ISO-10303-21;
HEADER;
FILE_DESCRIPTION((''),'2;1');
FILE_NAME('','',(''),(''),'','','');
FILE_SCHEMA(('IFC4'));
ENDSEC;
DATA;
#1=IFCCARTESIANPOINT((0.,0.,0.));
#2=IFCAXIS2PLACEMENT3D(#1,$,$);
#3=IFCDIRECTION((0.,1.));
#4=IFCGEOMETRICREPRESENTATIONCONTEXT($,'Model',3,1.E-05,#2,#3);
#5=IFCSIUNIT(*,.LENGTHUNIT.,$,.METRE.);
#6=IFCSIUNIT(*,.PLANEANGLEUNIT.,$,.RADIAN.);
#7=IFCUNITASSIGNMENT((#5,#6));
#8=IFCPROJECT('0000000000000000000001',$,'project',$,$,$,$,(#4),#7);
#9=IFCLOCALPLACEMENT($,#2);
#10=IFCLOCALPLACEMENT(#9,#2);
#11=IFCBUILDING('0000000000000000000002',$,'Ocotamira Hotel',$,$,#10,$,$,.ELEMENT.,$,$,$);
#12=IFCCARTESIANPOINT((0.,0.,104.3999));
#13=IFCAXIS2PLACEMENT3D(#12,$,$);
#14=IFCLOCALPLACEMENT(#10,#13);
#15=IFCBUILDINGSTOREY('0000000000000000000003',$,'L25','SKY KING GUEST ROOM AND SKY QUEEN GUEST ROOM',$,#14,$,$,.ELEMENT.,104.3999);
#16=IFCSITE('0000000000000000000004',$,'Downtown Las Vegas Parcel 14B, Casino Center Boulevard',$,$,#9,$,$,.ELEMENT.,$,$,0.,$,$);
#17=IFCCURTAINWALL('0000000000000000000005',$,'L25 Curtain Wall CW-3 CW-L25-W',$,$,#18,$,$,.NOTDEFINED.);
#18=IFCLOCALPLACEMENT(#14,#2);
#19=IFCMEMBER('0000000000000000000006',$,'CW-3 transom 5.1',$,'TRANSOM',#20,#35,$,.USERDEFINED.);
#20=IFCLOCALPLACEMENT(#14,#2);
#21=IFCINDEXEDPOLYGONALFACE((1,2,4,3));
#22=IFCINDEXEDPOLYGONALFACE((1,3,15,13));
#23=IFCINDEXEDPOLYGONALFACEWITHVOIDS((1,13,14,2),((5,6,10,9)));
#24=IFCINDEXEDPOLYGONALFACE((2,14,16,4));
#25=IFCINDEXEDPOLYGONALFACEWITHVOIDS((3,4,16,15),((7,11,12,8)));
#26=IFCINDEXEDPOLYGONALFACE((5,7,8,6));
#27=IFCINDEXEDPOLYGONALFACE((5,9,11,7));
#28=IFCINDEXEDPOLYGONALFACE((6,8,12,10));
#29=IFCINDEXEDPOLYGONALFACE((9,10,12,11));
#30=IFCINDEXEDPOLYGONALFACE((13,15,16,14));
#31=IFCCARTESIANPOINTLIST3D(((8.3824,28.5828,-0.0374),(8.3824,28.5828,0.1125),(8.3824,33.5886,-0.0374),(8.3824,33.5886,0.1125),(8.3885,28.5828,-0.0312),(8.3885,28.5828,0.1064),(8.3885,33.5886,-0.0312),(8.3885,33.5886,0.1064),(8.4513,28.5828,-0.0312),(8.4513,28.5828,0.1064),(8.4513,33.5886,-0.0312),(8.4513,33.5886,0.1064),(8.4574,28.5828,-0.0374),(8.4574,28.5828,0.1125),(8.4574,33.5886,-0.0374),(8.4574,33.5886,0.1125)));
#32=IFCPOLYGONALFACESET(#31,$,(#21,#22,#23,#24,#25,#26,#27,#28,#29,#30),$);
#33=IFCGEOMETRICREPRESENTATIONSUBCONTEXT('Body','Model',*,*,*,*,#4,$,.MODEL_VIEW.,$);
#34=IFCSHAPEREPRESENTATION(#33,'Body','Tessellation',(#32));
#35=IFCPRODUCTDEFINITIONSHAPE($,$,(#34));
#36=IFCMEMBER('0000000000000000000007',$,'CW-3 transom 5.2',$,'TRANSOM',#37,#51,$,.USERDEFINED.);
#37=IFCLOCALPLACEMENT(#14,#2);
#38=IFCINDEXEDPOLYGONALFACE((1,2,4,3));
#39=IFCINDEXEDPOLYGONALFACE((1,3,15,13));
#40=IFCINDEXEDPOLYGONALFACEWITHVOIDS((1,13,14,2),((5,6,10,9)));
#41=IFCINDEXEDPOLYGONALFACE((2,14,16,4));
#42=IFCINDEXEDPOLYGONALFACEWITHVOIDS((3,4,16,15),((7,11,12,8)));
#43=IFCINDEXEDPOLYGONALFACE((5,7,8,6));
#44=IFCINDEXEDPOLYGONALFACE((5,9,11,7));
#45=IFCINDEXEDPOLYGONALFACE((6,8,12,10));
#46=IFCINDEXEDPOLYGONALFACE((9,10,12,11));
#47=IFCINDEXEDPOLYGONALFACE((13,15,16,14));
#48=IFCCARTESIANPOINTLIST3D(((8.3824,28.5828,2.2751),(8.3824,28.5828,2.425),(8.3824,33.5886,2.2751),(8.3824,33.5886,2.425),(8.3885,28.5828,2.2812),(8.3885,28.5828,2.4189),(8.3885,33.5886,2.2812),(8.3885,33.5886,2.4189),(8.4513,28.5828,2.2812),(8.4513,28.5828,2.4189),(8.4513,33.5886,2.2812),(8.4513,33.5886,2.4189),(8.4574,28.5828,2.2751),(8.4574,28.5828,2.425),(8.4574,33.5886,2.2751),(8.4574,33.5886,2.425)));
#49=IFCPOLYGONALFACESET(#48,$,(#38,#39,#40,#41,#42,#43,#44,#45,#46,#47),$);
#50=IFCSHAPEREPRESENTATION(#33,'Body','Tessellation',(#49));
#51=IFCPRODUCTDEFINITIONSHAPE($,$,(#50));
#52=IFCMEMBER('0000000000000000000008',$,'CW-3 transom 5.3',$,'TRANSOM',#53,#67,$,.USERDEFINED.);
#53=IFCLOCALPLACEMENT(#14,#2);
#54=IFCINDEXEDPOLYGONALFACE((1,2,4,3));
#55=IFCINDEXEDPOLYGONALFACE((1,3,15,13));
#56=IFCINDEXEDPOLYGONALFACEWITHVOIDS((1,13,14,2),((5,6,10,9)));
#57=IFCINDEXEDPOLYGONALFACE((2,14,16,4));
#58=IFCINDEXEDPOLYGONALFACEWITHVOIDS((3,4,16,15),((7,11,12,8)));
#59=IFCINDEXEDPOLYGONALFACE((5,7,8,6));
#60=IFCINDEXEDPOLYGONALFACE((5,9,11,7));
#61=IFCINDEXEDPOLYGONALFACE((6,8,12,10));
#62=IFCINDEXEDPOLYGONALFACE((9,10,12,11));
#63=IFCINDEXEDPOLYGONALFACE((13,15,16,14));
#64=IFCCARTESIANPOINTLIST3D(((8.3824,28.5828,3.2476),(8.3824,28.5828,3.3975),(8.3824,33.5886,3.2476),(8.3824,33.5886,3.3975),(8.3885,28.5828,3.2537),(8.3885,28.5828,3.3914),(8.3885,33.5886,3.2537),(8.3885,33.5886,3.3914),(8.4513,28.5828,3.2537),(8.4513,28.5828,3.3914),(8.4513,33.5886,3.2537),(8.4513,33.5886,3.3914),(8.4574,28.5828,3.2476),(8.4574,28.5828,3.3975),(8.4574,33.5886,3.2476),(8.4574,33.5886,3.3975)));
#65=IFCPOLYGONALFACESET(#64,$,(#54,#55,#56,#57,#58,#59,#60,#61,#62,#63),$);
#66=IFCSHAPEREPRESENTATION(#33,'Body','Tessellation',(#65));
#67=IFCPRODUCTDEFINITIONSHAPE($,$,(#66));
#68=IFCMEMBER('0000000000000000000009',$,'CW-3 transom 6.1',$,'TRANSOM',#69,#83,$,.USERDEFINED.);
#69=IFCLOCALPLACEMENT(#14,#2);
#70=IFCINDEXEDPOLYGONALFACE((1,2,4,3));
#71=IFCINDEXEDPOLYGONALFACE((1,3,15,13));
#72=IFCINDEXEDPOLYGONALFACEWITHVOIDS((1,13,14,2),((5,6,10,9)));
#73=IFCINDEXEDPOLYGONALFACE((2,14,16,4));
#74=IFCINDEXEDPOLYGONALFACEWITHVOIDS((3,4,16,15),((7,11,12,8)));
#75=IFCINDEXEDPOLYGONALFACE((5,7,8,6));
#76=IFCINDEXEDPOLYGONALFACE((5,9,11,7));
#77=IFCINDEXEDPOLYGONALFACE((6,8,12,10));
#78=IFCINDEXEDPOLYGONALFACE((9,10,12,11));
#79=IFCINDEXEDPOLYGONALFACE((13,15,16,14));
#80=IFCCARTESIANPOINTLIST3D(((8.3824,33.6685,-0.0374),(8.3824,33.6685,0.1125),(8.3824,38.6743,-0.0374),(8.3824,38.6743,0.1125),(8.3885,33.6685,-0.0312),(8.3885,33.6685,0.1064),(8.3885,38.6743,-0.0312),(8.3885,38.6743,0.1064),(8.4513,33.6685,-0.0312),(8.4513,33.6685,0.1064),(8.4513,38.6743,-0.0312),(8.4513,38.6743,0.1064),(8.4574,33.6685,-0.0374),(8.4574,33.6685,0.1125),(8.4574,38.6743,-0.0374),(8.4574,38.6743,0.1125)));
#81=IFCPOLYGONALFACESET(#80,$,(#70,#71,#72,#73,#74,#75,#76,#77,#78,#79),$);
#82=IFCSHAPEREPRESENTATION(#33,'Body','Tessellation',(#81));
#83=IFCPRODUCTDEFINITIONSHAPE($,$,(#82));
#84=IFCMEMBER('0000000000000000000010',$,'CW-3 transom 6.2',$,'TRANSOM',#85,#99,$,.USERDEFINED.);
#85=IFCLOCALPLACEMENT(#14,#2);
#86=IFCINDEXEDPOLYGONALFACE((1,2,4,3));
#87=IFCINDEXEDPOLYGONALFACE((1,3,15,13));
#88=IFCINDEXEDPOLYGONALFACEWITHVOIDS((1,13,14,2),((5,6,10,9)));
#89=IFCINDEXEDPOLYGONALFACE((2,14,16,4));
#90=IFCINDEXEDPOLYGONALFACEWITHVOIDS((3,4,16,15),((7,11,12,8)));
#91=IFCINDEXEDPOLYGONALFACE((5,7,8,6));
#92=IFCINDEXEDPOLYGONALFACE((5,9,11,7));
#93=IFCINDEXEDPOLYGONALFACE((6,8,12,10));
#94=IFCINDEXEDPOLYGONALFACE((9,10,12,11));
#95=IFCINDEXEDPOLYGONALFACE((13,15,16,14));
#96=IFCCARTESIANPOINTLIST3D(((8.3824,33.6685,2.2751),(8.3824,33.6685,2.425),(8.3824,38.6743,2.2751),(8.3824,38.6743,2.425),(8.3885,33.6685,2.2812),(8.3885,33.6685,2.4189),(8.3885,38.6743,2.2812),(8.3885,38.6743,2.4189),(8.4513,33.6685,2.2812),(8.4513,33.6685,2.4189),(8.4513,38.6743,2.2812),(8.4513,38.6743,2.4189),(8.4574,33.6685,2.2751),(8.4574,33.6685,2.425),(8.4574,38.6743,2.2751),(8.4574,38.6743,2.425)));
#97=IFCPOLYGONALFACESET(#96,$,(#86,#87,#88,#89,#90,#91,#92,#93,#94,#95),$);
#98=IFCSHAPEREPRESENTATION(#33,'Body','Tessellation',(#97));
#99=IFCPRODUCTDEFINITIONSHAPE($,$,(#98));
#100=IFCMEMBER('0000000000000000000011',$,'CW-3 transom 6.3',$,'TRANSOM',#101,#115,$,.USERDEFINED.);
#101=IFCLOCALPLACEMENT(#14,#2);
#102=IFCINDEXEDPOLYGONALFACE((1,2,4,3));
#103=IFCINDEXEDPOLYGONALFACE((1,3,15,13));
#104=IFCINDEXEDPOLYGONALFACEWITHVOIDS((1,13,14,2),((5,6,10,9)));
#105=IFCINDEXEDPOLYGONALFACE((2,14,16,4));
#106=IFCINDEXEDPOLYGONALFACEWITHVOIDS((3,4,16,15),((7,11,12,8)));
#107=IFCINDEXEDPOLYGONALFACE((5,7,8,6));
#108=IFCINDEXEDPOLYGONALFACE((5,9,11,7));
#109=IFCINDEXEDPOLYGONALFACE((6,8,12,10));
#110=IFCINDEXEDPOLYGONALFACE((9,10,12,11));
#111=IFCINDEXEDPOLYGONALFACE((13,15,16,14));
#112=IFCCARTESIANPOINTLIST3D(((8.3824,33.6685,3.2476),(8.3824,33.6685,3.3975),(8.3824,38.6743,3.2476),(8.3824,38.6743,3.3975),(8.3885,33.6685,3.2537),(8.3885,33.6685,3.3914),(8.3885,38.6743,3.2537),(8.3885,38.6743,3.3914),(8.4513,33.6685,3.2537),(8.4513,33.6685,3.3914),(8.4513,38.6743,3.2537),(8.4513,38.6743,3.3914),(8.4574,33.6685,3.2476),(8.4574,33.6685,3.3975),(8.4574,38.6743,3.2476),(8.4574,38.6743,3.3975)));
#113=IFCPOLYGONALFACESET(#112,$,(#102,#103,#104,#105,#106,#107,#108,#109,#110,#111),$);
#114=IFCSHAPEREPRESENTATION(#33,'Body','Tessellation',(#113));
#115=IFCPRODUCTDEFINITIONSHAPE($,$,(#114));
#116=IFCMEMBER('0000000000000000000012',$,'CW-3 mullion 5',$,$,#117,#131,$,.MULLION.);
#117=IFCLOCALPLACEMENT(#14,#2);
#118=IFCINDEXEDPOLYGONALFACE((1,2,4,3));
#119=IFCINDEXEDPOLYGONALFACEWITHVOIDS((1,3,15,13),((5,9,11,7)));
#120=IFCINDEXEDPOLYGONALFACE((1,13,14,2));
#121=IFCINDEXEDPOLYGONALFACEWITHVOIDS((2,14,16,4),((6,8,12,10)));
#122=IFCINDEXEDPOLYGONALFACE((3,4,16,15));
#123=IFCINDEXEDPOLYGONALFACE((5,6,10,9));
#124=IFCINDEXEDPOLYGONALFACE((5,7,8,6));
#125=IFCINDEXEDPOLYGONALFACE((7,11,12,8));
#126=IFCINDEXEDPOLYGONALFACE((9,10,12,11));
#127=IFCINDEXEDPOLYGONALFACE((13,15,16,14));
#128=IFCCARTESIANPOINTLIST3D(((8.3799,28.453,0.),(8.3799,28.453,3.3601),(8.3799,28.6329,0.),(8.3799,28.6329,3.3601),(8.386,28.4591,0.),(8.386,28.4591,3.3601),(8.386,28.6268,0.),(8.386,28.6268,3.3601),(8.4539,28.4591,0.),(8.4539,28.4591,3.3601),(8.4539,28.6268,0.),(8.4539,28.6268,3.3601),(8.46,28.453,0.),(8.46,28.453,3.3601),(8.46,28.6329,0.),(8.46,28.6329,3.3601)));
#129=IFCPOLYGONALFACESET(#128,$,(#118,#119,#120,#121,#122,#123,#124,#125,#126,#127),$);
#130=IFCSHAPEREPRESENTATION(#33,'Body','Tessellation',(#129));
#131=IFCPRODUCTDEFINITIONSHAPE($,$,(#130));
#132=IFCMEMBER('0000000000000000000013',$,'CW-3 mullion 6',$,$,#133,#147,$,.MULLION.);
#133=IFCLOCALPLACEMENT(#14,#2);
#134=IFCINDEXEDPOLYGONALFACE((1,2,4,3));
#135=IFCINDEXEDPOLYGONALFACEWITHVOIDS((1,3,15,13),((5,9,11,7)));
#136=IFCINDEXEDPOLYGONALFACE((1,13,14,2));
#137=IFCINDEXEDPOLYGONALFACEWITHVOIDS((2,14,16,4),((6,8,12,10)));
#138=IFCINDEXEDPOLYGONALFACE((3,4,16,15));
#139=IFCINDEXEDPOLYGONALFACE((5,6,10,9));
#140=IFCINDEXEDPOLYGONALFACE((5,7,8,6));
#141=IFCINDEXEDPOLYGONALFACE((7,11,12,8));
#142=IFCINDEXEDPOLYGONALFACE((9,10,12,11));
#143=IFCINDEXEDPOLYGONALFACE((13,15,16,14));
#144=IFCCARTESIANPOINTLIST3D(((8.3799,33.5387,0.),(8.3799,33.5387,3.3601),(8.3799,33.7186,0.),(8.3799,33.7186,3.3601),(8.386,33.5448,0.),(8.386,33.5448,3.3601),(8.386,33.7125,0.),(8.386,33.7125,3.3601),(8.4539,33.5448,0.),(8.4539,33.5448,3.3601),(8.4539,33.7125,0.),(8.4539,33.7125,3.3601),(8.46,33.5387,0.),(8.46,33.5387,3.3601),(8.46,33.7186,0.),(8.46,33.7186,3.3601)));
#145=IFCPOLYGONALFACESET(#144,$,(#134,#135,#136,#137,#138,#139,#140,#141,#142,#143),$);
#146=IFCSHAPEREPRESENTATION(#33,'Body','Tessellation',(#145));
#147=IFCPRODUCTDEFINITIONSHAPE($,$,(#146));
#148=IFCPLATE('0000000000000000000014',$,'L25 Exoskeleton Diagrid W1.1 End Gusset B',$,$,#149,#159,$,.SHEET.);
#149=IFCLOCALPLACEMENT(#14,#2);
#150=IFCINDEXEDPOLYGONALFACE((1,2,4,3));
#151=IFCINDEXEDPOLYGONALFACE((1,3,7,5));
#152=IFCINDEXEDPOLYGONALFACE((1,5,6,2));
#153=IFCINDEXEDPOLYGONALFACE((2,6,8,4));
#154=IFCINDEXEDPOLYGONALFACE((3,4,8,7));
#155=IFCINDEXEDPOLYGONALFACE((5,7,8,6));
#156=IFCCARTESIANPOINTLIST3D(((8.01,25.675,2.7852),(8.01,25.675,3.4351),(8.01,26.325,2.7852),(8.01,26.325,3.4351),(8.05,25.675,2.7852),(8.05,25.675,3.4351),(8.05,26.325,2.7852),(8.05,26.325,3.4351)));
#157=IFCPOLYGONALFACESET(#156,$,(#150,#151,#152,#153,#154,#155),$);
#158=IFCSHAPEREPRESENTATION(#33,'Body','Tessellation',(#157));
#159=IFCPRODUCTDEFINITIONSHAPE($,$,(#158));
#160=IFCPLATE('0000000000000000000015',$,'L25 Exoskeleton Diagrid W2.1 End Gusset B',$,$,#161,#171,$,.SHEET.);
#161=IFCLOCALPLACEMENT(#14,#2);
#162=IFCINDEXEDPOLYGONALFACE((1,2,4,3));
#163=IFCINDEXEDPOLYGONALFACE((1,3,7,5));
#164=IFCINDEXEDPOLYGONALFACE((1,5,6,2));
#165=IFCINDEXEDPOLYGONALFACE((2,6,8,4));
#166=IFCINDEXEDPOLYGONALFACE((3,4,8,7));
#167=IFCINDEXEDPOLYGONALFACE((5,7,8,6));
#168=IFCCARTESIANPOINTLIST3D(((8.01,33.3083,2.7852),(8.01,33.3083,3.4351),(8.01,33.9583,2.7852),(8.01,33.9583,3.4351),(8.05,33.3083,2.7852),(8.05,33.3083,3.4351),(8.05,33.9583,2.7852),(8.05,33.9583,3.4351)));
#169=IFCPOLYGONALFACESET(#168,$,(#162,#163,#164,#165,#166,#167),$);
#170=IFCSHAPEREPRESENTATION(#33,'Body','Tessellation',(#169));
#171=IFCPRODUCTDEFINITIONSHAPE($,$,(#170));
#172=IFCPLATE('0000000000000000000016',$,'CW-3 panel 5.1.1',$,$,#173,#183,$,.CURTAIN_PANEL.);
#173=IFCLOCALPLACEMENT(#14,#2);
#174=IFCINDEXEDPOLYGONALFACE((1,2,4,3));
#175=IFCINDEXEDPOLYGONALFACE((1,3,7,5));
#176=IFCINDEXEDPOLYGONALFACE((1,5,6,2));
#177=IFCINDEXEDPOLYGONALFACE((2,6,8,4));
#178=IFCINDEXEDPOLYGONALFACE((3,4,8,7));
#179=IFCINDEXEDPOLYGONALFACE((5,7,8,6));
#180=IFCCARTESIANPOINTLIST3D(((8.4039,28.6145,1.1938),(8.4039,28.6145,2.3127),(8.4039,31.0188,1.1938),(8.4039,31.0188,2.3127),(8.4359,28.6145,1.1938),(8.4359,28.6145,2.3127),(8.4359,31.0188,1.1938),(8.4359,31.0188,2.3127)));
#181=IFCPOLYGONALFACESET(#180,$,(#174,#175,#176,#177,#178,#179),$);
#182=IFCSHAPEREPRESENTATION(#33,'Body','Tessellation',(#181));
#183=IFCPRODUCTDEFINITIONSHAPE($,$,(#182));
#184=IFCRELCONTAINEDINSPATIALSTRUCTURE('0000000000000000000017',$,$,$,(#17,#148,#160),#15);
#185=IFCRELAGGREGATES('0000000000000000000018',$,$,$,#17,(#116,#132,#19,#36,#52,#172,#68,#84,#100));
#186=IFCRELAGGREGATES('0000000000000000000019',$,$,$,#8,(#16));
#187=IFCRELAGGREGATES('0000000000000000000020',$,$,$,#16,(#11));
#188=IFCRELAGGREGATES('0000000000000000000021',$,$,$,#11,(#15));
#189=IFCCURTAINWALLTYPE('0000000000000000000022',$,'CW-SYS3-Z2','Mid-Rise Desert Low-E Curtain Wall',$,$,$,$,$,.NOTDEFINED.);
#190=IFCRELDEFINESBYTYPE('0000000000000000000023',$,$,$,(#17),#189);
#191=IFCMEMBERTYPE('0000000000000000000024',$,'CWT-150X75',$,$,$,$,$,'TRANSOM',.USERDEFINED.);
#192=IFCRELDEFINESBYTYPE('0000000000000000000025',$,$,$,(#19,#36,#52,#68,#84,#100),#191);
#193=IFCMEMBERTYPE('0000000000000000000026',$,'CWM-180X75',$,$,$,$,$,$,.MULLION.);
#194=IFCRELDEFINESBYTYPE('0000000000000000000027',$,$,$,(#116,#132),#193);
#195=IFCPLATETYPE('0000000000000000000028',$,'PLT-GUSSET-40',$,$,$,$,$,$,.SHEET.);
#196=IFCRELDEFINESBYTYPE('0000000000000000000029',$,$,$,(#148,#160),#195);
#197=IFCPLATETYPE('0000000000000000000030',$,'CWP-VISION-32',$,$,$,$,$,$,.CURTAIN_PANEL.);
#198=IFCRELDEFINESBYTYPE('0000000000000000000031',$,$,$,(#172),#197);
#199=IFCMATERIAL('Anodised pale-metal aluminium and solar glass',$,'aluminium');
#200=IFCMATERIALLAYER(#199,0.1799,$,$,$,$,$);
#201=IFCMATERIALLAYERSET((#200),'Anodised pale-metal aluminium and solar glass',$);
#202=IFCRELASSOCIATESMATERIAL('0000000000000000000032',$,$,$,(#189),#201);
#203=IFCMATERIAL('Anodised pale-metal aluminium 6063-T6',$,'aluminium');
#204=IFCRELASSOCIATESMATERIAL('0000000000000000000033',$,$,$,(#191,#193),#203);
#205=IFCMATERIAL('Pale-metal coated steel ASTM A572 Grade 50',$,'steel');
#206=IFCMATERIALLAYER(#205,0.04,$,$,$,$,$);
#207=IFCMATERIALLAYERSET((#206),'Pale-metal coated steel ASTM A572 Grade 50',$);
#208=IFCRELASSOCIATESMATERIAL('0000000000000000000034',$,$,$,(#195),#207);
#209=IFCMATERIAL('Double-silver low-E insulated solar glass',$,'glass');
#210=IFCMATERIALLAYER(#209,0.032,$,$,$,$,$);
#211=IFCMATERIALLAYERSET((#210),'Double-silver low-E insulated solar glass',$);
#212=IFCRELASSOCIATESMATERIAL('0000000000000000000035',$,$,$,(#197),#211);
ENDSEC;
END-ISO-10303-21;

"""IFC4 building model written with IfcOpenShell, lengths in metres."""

from ifc_helpers import new_model, si_unit, direction, frame, origin, origin_2d, place, context, subcontext, project, spatial, rectangle, hollow_rectangle, extrude, source, transform, mapped, material, layer, layer_set, material_profile, profile_set, type_object, element, aggregate, save


model = new_model("IFC4")

# Units and contexts
model_context = context("Model", 3, precision=1e-05, world=origin(), true_north=direction((0.0, 1.0)))
body_context = subcontext(model_context, "Body", "Model", "MODEL_VIEW")
ifc_project = project(units=[si_unit("LENGTHUNIT", "METRE"), si_unit("PLANEANGLEUNIT", "RADIAN")], contexts=[model_context])

# Site, building, storey
site_placement = place(None, origin())
site = spatial("IfcSite", under=ifc_project, at=site_placement, Name="Downtown Las Vegas Parcel 14B, Casino Center Boulevard", CompositionType="ELEMENT", RefElevation=0.0)
building_placement = place(site_placement, origin())
building = spatial("IfcBuilding", under=site, at=building_placement, Name="Ocotamira Hotel", CompositionType="ELEMENT")
storey_placement = place(building_placement, frame((0.0, 0.0, 104.3999)))
storey = spatial("IfcBuildingStorey", under=building, at=storey_placement, Name="L25", Description="SKY KING GUEST ROOM AND SKY QUEEN GUEST ROOM", CompositionType="ELEMENT", Elevation=104.3999)

# Curtain wall, members
ifc_material_1 = material(Name="Anodised pale-metal aluminium and solar glass", Category="aluminium")
ifc_layer_1 = layer(ifc_material_1, 0.1799)
ifc_layer_set_1 = layer_set([ifc_layer_1], Name="Anodised pale-metal aluminium and solar glass")
curtain_wall_type = type_object("IfcCurtainWallType", Name="CW-SYS3-Z2", Description="Mid-Rise Desert Low-E Curtain Wall", PredefinedType="NOTDEFINED", material=ifc_layer_set_1)
curtain_wall_placement = place(storey_placement, origin())
curtain_wall = element("IfcCurtainWall", 1, at=curtain_wall_placement, inside=storey, type_object=curtain_wall_type, Name="L25 Curtain Wall CW-3 CW-L25-W", PredefinedType="NOTDEFINED")
ifc_material_2 = material(Name="Anodised pale-metal aluminium 6063-T6", Category="aluminium")
ifc_material_profile_1 = material_profile(ifc_material_2, hollow_rectangle(XDim=0.075, YDim=0.1499, WallThickness=0.0061, at=origin_2d()), Name="HSS150X75X6")
ifc_profile_set_1 = profile_set([ifc_material_profile_1], Name="Anodised pale-metal aluminium 6063-T6")
member_type_1 = type_object("IfcMemberType", Name="CWT-150X75", ElementType="TRANSOM", PredefinedType="USERDEFINED", material=ifc_profile_set_1)
shared_shape_1 = source(origin(), body_context, "Body", "SweptSolid", [
    extrude(hollow_rectangle(XDim=0.075, YDim=0.1499, WallThickness=0.0061, at=origin_2d()), origin(), (0.0, 0.0, 1.0), 5.0059),
])
member_1_placement = place(storey_placement, frame((8.4199, 28.5828, 0.0376), z_axis=(0.0, 1.0, 0.0), x_axis=(-1.0, 0.0, 0.0)))
member_1 = element("IfcMember", 2, at=member_1_placement, type_object=member_type_1, Name="CW-3 transom 5.1", ObjectType="TRANSOM", PredefinedType="USERDEFINED", context=body_context, shape_type="MappedRepresentation", body=[
    mapped(shared_shape_1, transform((0.0, 0.0, 0.0), scale=1.0)),
])
member_2_placement = place(storey_placement, frame((8.4199, 28.5828, 2.3501), z_axis=(0.0, 1.0, 0.0), x_axis=(-1.0, 0.0, 0.0)))
member_2 = element("IfcMember", 3, at=member_2_placement, type_object=member_type_1, Name="CW-3 transom 5.2", ObjectType="TRANSOM", PredefinedType="USERDEFINED", context=body_context, shape_type="MappedRepresentation", body=[
    mapped(shared_shape_1, transform((0.0, 0.0, 0.0), scale=1.0)),
])
member_3_placement = place(storey_placement, frame((8.4199, 28.5828, 3.3225), z_axis=(0.0, 1.0, 0.0), x_axis=(-1.0, 0.0, 0.0)))
member_3 = element("IfcMember", 4, at=member_3_placement, type_object=member_type_1, Name="CW-3 transom 5.3", ObjectType="TRANSOM", PredefinedType="USERDEFINED", context=body_context, shape_type="MappedRepresentation", body=[
    mapped(shared_shape_1, transform((0.0, 0.0, 0.0), scale=1.0)),
])
member_4_placement = place(storey_placement, frame((8.4199, 33.6685, 0.0376), z_axis=(0.0, 1.0, 0.0), x_axis=(-1.0, 0.0, 0.0)))
member_4 = element("IfcMember", 5, at=member_4_placement, type_object=member_type_1, Name="CW-3 transom 6.1", ObjectType="TRANSOM", PredefinedType="USERDEFINED", context=body_context, shape_type="MappedRepresentation", body=[
    mapped(shared_shape_1, transform((0.0, 0.0, 0.0), scale=1.0)),
])
member_5_placement = place(storey_placement, frame((8.4199, 33.6685, 2.3501), z_axis=(0.0, 1.0, 0.0), x_axis=(-1.0, 0.0, 0.0)))
member_5 = element("IfcMember", 6, at=member_5_placement, type_object=member_type_1, Name="CW-3 transom 6.2", ObjectType="TRANSOM", PredefinedType="USERDEFINED", context=body_context, shape_type="MappedRepresentation", body=[
    mapped(shared_shape_1, transform((0.0, 0.0, 0.0), scale=1.0)),
])
member_6_placement = place(storey_placement, frame((8.4199, 33.6685, 3.3225), z_axis=(0.0, 1.0, 0.0), x_axis=(-1.0, 0.0, 0.0)))
member_6 = element("IfcMember", 7, at=member_6_placement, type_object=member_type_1, Name="CW-3 transom 6.3", ObjectType="TRANSOM", PredefinedType="USERDEFINED", context=body_context, shape_type="MappedRepresentation", body=[
    mapped(shared_shape_1, transform((0.0, 0.0, 0.0), scale=1.0)),
])
ifc_material_profile_2 = material_profile(ifc_material_2, hollow_rectangle(XDim=0.0801, YDim=0.1799, WallThickness=0.0061, at=origin_2d()), Name="HSS180X80X6")
ifc_profile_set_2 = profile_set([ifc_material_profile_2], Name="Anodised pale-metal aluminium 6063-T6")
member_type_2 = type_object("IfcMemberType", Name="CWM-180X75", PredefinedType="MULLION", material=ifc_profile_set_2)
shared_shape_2 = source(origin(), body_context, "Body", "SweptSolid", [
    extrude(hollow_rectangle(XDim=0.0801, YDim=0.1799, WallThickness=0.0061, at=origin_2d()), origin(), (0.0, 0.0, 1.0), 3.3601),
])
member_7_placement = place(storey_placement, frame((8.4199, 28.543, 0.0), z_axis=(0.0, 0.0, 1.0), x_axis=(-1.0, 0.0, 0.0)))
member_7 = element("IfcMember", 8, at=member_7_placement, type_object=member_type_2, Name="CW-3 mullion 5", PredefinedType="MULLION", context=body_context, shape_type="MappedRepresentation", body=[
    mapped(shared_shape_2, transform((0.0, 0.0, 0.0), scale=1.0)),
])
member_8_placement = place(storey_placement, frame((8.4199, 33.6287, 0.0), z_axis=(0.0, 0.0, 1.0), x_axis=(-1.0, 0.0, 0.0)))
member_8 = element("IfcMember", 9, at=member_8_placement, type_object=member_type_2, Name="CW-3 mullion 6", PredefinedType="MULLION", context=body_context, shape_type="MappedRepresentation", body=[
    mapped(shared_shape_2, transform((0.0, 0.0, 0.0), scale=1.0)),
])

# Plates
ifc_material_3 = material(Name="Pale-metal coated steel ASTM A572 Grade 50", Category="steel")
ifc_layer_2 = layer(ifc_material_3, 0.04)
ifc_layer_set_2 = layer_set([ifc_layer_2], Name="Pale-metal coated steel ASTM A572 Grade 50")
plate_type_1 = type_object("IfcPlateType", Name="PLT-GUSSET-40", PredefinedType="SHEET", material=ifc_layer_set_2)
shared_shape_3 = source(origin(), body_context, "Body", "SweptSolid", [
    extrude(rectangle(XDim=0.04, YDim=0.6499, at=origin_2d()), origin(), (0.0, 0.0, 1.0), 0.6499),
])
for number, where, z_axis, x_axis, name in (
    (10, (8.03, 26.0, 2.7852), (0.0, 0.0, 1.0), (1.0, 0.0, 0.0), "L25 Exoskeleton Diagrid W1.1 End Gusset B"),
    (11, (8.03, 33.6333, 2.7852), (0.0, 0.0, 1.0), (1.0, 0.0, 0.0), "L25 Exoskeleton Diagrid W2.1 End Gusset B"),
):
    element("IfcPlate", number, at=place(storey_placement, frame(where, z_axis=z_axis, x_axis=x_axis)), inside=storey, type_object=plate_type_1, Name=name, PredefinedType="SHEET", context=body_context, shape_type="MappedRepresentation", body=[
        mapped(shared_shape_3, transform((0.0, 0.0, 0.0), scale=1.0)),
    ])

# Plate
ifc_material_4 = material(Name="Double-silver low-E insulated solar glass", Category="glass")
ifc_layer_3 = layer(ifc_material_4, 0.032)
ifc_layer_set_3 = layer_set([ifc_layer_3], Name="Double-silver low-E insulated solar glass")
plate_type_2 = type_object("IfcPlateType", Name="CWP-VISION-32", PredefinedType="CURTAIN_PANEL", material=ifc_layer_set_3)
shared_shape_4 = source(origin(), body_context, "Body", "SweptSolid", [
    extrude(rectangle(XDim=2.4043, YDim=0.032, at=origin_2d()), origin(), (0.0, 0.0, 1.0), 1.1189),
])
plate_1_placement = place(storey_placement, frame((8.4199, 29.8167, 1.1938), z_axis=(0.0, 0.0, 1.0), x_axis=(0.0, 1.0, 0.0)))
plate_1 = element("IfcPlate", 12, at=plate_1_placement, type_object=plate_type_2, Name="CW-3 panel 5.1.1", PredefinedType="CURTAIN_PANEL", context=body_context, shape_type="MappedRepresentation", body=[
    mapped(shared_shape_4, transform((0.0, 0.0, 0.0), scale=1.0)),
])
aggregate(curtain_wall, [member_7, member_8, member_1, member_2, member_3, plate_1, member_4, member_5, member_6])

save(model, "model.ifc")
